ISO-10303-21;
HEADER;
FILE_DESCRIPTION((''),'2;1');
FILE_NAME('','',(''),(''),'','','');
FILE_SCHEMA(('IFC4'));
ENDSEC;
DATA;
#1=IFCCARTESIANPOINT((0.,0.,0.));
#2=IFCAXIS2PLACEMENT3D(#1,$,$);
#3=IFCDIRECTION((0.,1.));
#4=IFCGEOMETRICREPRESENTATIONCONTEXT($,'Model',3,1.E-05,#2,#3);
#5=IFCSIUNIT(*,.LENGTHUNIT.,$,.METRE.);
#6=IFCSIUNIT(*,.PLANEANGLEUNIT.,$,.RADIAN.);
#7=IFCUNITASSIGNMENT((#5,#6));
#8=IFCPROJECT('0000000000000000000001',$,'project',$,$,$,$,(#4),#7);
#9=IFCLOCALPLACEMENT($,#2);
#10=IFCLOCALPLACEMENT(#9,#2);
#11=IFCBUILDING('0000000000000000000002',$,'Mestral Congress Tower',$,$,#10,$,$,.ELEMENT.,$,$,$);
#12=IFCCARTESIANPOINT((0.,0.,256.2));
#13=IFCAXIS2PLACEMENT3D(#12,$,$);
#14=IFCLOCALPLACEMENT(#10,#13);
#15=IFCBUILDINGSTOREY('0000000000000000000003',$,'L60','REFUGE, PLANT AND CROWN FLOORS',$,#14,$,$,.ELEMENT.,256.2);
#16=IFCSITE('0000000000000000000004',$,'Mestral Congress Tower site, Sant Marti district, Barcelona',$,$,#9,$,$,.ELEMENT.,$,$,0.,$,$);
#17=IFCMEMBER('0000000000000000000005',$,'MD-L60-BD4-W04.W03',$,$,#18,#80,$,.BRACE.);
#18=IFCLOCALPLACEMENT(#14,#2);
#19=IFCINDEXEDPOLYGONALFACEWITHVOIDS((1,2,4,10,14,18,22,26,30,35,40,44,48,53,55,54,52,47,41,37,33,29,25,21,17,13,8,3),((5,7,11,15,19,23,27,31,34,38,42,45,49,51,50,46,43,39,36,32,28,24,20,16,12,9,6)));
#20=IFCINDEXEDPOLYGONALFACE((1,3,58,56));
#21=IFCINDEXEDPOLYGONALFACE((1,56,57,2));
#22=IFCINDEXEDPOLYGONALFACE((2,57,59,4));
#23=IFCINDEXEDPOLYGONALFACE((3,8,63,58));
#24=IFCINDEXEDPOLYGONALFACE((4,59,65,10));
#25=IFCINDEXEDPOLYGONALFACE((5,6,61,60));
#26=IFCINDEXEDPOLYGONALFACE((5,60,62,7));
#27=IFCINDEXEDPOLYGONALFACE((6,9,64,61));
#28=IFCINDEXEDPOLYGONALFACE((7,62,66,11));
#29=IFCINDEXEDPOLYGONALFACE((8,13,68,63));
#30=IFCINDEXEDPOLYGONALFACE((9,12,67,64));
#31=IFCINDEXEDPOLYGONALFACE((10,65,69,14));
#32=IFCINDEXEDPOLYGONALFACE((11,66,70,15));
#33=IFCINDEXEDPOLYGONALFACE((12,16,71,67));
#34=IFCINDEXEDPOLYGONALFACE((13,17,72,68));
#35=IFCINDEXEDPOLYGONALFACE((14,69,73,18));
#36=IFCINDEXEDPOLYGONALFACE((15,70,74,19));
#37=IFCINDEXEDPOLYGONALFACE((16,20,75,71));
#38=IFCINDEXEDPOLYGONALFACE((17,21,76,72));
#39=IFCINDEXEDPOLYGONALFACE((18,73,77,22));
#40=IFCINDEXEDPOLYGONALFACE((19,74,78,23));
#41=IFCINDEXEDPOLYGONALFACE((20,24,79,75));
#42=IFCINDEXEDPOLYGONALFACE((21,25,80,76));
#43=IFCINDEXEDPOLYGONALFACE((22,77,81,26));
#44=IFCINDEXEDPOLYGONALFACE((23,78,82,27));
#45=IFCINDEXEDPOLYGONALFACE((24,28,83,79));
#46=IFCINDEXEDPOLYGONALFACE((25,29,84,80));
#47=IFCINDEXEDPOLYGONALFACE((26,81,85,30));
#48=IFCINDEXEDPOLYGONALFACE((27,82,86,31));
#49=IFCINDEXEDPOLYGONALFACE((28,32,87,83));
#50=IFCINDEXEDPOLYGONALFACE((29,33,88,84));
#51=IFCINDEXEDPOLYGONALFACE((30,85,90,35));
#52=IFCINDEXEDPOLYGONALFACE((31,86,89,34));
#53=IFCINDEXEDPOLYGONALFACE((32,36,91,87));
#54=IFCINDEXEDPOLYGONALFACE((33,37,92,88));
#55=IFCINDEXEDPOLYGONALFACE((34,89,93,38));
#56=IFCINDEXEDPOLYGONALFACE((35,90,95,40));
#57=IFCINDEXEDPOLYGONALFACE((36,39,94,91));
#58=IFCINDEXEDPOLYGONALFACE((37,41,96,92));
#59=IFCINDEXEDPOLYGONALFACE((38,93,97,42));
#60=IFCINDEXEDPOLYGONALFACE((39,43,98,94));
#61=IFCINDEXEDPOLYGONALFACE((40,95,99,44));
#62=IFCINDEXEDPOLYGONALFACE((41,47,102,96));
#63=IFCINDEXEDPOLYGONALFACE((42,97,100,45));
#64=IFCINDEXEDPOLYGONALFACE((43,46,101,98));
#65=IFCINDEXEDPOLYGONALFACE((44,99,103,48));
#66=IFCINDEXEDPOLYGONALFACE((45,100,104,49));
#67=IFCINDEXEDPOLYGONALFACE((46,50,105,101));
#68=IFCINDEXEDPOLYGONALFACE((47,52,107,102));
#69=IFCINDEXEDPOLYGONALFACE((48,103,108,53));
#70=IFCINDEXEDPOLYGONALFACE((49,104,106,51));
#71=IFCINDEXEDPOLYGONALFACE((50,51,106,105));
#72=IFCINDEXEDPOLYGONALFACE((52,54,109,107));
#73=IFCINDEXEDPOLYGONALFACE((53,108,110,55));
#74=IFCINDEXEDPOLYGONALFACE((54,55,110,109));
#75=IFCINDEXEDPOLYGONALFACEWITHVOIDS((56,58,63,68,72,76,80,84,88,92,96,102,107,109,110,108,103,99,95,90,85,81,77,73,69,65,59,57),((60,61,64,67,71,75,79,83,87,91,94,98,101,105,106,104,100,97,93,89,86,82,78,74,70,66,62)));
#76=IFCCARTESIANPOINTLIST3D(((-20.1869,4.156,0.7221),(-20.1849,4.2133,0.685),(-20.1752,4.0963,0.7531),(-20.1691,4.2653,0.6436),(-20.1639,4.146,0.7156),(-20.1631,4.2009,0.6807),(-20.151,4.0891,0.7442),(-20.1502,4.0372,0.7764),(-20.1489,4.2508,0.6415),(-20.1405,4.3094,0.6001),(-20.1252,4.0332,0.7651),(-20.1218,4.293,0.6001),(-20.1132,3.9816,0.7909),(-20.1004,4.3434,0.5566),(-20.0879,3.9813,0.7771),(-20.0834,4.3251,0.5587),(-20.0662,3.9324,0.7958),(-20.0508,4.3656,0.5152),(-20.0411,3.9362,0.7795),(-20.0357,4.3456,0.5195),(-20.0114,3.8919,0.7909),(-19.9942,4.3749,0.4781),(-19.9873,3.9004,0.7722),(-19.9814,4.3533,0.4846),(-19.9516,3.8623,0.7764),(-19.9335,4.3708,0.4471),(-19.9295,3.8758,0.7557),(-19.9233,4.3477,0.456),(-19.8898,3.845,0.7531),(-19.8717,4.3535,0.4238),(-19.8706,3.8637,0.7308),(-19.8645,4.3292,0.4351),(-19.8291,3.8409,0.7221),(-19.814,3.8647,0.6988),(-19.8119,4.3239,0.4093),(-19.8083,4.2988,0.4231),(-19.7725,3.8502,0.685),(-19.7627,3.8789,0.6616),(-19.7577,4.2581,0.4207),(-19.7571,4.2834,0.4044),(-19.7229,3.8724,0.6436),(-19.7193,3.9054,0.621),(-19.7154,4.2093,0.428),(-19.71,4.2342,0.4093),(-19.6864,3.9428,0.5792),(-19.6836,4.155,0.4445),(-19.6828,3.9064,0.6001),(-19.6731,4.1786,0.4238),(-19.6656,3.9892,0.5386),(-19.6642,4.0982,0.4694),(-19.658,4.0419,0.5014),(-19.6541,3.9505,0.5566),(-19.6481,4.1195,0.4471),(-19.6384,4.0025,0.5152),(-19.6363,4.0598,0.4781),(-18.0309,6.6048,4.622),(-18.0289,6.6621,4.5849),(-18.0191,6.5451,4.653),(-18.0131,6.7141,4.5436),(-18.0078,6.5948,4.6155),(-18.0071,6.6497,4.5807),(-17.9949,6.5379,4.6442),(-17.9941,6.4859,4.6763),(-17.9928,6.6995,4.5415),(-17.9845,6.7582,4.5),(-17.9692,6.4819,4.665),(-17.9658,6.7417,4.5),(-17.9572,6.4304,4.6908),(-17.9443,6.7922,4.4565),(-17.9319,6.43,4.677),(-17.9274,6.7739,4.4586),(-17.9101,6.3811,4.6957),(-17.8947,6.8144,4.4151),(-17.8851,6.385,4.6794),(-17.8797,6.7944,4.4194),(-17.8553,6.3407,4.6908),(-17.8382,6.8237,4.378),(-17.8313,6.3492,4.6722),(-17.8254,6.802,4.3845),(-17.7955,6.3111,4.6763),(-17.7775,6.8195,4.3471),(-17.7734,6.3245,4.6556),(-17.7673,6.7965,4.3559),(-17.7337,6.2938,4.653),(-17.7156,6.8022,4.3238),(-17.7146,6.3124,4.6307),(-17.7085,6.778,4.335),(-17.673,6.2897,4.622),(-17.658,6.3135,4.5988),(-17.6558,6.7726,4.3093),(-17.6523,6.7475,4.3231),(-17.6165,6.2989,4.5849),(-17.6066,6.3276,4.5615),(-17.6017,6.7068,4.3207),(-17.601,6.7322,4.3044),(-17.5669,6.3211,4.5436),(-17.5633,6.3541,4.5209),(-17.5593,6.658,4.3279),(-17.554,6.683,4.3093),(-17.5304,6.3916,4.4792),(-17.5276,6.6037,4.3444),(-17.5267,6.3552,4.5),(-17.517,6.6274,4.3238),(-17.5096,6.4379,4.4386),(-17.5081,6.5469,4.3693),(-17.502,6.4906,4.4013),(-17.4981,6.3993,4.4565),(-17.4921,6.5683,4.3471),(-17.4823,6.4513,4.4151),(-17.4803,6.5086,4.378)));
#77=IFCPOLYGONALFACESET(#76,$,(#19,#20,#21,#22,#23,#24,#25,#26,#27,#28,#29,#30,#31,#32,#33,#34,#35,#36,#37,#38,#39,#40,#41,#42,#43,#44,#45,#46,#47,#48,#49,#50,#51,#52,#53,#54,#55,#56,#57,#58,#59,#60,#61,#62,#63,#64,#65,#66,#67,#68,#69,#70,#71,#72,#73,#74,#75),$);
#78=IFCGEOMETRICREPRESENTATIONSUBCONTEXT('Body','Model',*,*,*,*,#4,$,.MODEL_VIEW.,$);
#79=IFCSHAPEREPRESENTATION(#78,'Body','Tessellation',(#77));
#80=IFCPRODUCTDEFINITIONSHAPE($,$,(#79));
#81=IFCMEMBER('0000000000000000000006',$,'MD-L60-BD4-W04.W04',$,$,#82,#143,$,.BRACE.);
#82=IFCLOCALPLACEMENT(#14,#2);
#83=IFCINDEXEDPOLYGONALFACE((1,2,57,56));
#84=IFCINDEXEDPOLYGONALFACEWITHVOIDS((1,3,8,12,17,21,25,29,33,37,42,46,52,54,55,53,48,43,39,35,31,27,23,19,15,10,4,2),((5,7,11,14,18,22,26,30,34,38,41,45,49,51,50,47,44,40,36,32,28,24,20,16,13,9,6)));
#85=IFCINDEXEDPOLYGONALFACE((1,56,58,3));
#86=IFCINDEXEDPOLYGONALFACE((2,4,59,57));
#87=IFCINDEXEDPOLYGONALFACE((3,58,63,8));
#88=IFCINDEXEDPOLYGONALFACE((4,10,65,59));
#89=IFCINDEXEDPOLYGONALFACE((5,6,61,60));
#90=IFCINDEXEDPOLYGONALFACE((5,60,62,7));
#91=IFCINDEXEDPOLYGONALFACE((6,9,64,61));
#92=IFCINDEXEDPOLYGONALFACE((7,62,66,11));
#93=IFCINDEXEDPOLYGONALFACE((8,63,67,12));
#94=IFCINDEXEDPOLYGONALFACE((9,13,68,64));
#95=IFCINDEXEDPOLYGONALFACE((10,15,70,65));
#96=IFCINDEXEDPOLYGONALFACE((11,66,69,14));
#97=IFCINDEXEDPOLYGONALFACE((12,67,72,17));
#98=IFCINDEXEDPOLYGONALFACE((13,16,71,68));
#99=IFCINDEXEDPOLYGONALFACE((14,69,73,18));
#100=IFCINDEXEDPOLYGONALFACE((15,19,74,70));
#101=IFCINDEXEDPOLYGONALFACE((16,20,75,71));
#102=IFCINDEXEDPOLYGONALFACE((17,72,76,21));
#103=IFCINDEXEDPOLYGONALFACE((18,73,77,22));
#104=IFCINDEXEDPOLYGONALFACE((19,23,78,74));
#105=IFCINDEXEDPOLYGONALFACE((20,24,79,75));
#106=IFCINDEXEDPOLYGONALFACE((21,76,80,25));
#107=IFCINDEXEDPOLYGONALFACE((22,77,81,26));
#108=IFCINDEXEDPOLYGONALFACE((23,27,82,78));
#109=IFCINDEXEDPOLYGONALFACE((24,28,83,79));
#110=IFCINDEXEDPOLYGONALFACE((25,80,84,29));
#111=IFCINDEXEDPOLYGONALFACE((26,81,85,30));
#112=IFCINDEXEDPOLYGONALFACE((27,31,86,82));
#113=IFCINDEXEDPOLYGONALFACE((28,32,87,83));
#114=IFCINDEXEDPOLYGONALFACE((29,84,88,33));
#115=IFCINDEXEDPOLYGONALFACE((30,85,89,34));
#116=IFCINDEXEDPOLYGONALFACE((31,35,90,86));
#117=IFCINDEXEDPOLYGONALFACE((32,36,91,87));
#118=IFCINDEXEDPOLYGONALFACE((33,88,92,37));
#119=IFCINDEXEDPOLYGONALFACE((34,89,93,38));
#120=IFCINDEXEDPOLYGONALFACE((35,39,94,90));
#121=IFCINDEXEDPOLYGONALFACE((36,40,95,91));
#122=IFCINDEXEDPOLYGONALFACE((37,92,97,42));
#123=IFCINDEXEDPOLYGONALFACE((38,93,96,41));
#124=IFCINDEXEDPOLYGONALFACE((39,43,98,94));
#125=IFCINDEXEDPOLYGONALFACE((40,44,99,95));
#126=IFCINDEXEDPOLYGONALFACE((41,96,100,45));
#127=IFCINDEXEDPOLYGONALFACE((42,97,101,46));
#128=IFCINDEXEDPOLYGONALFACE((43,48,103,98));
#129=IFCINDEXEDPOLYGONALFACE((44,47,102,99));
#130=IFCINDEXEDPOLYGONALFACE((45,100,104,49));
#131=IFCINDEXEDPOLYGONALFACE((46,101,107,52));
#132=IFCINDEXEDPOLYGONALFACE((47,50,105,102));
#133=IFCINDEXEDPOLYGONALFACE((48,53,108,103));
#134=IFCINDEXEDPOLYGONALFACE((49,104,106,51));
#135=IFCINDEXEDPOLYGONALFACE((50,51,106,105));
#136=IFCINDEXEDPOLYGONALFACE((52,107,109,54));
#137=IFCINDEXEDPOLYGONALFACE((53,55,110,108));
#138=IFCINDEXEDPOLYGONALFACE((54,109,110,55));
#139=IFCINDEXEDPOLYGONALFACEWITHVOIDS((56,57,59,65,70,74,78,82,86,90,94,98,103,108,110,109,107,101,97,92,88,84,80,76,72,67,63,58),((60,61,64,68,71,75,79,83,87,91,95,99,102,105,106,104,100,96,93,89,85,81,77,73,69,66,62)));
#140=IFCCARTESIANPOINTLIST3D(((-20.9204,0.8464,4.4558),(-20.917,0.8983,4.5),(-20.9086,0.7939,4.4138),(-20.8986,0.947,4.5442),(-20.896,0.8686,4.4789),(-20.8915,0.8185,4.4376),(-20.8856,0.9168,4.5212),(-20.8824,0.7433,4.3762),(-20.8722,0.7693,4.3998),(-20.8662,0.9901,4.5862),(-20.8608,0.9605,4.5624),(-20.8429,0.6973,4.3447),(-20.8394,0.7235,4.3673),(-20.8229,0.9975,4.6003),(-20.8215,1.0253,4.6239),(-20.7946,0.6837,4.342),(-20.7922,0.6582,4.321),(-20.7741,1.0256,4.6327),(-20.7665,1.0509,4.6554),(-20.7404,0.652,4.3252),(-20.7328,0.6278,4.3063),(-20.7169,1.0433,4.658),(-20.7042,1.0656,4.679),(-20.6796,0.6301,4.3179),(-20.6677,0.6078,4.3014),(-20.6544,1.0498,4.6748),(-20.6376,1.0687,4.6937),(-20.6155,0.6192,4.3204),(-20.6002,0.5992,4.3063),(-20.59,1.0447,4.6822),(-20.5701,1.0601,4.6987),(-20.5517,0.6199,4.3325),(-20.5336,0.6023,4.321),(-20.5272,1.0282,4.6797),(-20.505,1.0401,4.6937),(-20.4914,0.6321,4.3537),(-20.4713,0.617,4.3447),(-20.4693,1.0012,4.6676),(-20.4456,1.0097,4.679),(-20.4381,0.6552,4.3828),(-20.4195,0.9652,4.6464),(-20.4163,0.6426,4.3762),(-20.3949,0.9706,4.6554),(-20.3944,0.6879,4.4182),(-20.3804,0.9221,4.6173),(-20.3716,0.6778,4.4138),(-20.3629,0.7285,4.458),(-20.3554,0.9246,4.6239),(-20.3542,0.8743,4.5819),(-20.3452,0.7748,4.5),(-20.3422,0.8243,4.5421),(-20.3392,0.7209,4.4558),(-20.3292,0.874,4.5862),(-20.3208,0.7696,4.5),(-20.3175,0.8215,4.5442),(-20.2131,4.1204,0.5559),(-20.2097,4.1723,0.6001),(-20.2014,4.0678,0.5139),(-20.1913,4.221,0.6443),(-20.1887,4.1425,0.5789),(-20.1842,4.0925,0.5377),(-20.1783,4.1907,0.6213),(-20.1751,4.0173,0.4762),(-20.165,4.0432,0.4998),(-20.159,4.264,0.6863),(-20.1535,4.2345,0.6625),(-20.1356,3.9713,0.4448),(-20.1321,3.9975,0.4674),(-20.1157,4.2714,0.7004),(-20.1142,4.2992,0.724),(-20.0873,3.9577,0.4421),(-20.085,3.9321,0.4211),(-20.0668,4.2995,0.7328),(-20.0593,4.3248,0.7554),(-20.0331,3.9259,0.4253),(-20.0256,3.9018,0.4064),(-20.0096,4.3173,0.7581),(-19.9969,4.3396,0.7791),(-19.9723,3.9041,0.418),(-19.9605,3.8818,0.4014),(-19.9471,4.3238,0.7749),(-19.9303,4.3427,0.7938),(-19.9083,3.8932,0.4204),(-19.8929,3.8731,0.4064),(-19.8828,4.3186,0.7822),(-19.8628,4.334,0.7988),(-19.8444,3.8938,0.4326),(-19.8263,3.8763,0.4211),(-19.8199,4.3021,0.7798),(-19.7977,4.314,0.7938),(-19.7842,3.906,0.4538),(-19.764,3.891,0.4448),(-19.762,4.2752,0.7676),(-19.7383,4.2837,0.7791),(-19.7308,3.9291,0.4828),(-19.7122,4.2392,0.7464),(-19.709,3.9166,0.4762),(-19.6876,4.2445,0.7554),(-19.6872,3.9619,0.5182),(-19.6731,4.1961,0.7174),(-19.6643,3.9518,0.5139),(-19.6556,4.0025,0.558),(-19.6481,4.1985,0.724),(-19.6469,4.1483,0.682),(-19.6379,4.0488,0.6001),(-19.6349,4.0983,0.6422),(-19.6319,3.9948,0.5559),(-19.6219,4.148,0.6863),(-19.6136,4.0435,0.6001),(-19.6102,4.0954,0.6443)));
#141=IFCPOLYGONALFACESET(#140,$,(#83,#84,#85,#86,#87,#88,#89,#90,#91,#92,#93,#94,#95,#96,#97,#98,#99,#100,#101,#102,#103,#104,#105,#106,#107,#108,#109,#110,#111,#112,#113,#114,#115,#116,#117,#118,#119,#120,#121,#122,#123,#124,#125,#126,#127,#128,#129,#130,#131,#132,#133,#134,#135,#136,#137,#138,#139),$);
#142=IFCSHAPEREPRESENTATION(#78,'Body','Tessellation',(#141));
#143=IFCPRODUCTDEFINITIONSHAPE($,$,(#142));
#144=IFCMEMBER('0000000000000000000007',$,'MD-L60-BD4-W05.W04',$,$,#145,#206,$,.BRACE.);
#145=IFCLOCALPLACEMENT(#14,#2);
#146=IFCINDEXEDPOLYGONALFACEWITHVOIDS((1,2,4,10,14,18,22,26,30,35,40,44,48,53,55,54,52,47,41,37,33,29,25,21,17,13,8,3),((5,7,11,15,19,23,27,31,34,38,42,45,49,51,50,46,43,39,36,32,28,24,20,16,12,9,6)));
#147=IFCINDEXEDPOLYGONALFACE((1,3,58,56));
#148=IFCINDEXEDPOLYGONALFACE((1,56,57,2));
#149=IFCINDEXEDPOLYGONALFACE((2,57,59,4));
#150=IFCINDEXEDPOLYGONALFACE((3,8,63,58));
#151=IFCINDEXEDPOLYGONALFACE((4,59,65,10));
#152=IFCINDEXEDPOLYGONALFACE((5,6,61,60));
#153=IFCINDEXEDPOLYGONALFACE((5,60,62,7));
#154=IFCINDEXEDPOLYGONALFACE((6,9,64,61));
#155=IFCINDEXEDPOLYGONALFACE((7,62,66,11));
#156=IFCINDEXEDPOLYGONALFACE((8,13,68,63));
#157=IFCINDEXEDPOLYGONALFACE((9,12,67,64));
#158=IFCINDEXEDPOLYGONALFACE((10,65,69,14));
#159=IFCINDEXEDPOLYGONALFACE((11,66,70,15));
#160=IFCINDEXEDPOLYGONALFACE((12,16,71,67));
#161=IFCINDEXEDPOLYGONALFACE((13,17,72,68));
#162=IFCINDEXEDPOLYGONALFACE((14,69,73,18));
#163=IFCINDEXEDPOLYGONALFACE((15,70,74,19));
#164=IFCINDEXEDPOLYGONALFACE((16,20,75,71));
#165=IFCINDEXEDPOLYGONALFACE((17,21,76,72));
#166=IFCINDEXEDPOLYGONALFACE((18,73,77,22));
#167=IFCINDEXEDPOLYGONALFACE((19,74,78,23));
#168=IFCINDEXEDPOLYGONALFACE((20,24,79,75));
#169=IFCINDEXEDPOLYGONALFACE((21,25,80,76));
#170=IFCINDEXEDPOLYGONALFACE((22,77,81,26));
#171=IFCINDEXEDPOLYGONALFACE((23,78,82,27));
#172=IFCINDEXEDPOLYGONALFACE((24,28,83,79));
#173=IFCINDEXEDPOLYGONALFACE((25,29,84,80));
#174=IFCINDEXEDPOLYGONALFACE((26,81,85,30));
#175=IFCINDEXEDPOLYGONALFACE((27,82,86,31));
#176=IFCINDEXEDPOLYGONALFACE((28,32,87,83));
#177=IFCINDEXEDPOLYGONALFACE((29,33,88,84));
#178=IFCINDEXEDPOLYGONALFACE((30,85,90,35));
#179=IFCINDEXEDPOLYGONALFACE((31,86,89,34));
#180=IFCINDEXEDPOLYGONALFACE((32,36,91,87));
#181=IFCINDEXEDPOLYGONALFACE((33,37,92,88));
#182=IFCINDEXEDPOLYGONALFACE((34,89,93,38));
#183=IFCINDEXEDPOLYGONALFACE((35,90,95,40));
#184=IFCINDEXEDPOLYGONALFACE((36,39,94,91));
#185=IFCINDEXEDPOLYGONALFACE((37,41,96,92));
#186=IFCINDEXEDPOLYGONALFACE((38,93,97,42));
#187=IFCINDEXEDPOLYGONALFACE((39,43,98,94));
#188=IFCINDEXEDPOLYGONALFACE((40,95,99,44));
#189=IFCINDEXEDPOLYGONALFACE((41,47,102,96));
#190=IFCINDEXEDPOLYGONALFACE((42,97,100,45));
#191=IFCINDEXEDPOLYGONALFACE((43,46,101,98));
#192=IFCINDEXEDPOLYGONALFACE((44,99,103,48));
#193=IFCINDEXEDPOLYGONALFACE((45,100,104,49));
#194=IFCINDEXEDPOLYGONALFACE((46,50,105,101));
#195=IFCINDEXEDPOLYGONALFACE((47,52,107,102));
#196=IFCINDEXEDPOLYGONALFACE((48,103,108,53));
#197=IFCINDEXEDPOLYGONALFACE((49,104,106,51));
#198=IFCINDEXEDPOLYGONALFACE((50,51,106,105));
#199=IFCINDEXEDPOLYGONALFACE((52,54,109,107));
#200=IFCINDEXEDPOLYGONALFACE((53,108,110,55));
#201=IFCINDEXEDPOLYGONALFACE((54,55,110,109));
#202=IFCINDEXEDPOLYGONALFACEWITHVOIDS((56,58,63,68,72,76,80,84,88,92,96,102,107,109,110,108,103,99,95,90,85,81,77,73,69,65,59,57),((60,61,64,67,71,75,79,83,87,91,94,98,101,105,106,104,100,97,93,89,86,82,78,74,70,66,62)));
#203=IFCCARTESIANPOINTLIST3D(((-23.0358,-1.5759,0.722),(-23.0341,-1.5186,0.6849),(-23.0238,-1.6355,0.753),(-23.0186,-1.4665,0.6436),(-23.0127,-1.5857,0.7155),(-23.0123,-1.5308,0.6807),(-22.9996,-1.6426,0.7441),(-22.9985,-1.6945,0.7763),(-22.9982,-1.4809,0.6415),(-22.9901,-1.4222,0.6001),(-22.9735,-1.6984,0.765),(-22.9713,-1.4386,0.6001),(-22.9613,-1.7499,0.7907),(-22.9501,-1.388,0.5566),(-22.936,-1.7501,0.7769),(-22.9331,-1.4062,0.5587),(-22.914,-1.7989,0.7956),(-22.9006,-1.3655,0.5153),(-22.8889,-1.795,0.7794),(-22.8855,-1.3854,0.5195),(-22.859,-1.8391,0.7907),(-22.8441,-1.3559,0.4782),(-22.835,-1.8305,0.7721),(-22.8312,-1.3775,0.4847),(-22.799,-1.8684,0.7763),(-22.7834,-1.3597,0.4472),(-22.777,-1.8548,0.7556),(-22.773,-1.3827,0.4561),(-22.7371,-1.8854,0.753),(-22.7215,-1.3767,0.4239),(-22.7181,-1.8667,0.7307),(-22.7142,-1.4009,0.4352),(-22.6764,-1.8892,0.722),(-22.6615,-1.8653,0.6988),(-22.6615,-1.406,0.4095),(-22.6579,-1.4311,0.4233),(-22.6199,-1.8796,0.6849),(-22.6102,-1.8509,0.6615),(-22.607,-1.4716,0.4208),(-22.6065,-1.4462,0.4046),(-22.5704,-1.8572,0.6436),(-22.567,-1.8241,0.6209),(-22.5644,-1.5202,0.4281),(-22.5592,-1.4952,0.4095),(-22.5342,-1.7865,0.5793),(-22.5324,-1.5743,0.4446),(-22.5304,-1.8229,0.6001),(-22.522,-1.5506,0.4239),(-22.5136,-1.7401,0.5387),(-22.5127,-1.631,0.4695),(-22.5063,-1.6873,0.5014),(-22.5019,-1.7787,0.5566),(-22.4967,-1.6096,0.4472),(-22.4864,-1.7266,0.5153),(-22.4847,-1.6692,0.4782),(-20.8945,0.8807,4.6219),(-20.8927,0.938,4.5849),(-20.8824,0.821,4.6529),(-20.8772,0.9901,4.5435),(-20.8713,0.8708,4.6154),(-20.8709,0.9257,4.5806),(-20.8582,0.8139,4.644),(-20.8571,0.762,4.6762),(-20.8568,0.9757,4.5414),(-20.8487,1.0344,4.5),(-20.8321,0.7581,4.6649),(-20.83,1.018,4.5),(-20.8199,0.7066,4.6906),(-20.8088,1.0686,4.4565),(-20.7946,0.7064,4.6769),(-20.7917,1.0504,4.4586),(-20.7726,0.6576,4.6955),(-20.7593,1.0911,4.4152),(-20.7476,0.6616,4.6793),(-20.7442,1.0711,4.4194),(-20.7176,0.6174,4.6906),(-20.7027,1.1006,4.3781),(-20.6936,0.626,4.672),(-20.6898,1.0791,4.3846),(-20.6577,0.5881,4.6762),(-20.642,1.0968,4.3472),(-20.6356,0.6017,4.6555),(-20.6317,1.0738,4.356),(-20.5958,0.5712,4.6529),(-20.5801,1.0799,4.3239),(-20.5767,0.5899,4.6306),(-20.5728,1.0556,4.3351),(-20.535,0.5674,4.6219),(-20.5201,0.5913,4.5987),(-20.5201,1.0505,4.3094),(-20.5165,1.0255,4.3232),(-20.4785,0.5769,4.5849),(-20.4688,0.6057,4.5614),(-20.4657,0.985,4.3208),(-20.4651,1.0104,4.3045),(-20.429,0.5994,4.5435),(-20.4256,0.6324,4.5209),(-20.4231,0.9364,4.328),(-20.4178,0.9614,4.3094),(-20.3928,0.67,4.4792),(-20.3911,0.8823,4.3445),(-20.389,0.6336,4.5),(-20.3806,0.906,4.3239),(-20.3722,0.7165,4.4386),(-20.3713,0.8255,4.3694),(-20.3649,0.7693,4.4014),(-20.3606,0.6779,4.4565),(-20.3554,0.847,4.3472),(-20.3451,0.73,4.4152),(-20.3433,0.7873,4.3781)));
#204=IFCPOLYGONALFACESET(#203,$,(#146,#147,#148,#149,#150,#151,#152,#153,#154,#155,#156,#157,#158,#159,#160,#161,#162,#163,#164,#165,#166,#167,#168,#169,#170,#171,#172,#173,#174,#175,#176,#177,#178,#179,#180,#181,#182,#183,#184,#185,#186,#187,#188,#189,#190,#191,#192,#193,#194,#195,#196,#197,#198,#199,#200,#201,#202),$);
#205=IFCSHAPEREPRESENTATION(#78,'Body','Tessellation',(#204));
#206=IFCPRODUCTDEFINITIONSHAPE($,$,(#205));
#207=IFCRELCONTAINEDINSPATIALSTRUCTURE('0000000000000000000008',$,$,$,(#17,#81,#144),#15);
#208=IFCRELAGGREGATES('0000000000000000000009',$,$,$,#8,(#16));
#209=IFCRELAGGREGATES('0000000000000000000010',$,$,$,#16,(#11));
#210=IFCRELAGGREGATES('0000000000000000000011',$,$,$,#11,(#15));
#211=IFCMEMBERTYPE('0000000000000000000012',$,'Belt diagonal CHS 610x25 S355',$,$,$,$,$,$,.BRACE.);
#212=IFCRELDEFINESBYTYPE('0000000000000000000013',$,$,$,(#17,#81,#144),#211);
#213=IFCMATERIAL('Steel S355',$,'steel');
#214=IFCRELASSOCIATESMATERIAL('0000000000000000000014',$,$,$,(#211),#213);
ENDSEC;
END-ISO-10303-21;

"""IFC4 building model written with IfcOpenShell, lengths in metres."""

from ifc_helpers import new_model, si_unit, direction, frame, origin, origin_2d, place, context, subcontext, project, spatial, hollow_circle, extrude, material, material_profile, profile_set, type_object, element, save


model = new_model("IFC4")

# Units and contexts
model_context = context("Model", 3, precision=1e-05, world=origin(), true_north=direction((0.0, 1.0)))
body_context = subcontext(model_context, "Body", "Model", "MODEL_VIEW")
ifc_project = project(units=[si_unit("LENGTHUNIT", "METRE"), si_unit("PLANEANGLEUNIT", "RADIAN")], contexts=[model_context])

# Site, building, storey
site_placement = place(None, origin())
site = spatial("IfcSite", under=ifc_project, at=site_placement, Name="Mestral Congress Tower site, Sant Marti district, Barcelona", CompositionType="ELEMENT", RefElevation=0.0)
building_placement = place(site_placement, origin())
building = spatial("IfcBuilding", under=site, at=building_placement, Name="Mestral Congress Tower", CompositionType="ELEMENT")
storey_placement = place(building_placement, frame((0.0, 0.0, 256.2)))
storey = spatial("IfcBuildingStorey", under=building, at=storey_placement, Name="L60", Description="REFUGE, PLANT AND CROWN FLOORS", CompositionType="ELEMENT", Elevation=256.2)

# Members
ifc_material_1 = material(Name="Steel S355", Category="steel")
ifc_material_profile_1 = material_profile(ifc_material_1, hollow_circle(Radius=0.3049, WallThickness=0.0249, at=origin_2d()), Name="CHS 610x25")
ifc_profile_set_1 = profile_set([ifc_material_profile_1], Name="Steel S355")
member_type_1 = type_object("IfcMemberType", Name="Belt diagonal CHS 610x25 S355", PredefinedType="BRACE", material=ifc_profile_set_1)
member_1_placement = place(storey_placement, frame((-19.9116, 4.1079, 0.6001), z_axis=(0.424021, 0.481591, 0.766992), x_axis=(-0.750543, 0.660822, 0.0)))
element("IfcMember", 1, at=member_1_placement, inside=storey, type_object=member_type_1, Name="MD-L60-BD4-W04.W03", PredefinedType="BRACE", context=body_context, shape_type="SweptSolid", body=[
    extrude(hollow_circle(Radius=0.3049, WallThickness=0.0249, at=origin_2d()), origin(), (0.0, 0.0, 1.0), 5.0847),
])
member_2_placement = place(storey_placement, frame((-19.9116, 4.1079, 0.6001), z_axis=(-0.13758, -0.636849, 0.758614), x_axis=(0.977451, -0.211162, 0.0)))
element("IfcMember", 2, at=member_2_placement, inside=storey, type_object=member_type_1, Name="MD-L60-BD4-W04.W04", PredefinedType="BRACE", context=body_context, shape_type="SweptSolid", body=[
    extrude(hollow_circle(Radius=0.3049, WallThickness=0.0249, at=origin_2d()), origin(), (0.0, 0.0, 1.0), 5.1409),
])
member_3_placement = place(storey_placement, frame((-22.7603, -1.6226, 0.6001), z_axis=(0.421341, 0.483357, 0.767358), x_axis=(-0.75381, 0.657093, 0.0)))
element("IfcMember", 3, at=member_3_placement, inside=storey, type_object=member_type_1, Name="MD-L60-BD4-W05.W04", PredefinedType="BRACE", context=body_context, shape_type="SweptSolid", body=[
    extrude(hollow_circle(Radius=0.3049, WallThickness=0.0249, at=origin_2d()), origin(), (0.0, 0.0, 1.0), 5.0823),
])

save(model, "model.ifc")
